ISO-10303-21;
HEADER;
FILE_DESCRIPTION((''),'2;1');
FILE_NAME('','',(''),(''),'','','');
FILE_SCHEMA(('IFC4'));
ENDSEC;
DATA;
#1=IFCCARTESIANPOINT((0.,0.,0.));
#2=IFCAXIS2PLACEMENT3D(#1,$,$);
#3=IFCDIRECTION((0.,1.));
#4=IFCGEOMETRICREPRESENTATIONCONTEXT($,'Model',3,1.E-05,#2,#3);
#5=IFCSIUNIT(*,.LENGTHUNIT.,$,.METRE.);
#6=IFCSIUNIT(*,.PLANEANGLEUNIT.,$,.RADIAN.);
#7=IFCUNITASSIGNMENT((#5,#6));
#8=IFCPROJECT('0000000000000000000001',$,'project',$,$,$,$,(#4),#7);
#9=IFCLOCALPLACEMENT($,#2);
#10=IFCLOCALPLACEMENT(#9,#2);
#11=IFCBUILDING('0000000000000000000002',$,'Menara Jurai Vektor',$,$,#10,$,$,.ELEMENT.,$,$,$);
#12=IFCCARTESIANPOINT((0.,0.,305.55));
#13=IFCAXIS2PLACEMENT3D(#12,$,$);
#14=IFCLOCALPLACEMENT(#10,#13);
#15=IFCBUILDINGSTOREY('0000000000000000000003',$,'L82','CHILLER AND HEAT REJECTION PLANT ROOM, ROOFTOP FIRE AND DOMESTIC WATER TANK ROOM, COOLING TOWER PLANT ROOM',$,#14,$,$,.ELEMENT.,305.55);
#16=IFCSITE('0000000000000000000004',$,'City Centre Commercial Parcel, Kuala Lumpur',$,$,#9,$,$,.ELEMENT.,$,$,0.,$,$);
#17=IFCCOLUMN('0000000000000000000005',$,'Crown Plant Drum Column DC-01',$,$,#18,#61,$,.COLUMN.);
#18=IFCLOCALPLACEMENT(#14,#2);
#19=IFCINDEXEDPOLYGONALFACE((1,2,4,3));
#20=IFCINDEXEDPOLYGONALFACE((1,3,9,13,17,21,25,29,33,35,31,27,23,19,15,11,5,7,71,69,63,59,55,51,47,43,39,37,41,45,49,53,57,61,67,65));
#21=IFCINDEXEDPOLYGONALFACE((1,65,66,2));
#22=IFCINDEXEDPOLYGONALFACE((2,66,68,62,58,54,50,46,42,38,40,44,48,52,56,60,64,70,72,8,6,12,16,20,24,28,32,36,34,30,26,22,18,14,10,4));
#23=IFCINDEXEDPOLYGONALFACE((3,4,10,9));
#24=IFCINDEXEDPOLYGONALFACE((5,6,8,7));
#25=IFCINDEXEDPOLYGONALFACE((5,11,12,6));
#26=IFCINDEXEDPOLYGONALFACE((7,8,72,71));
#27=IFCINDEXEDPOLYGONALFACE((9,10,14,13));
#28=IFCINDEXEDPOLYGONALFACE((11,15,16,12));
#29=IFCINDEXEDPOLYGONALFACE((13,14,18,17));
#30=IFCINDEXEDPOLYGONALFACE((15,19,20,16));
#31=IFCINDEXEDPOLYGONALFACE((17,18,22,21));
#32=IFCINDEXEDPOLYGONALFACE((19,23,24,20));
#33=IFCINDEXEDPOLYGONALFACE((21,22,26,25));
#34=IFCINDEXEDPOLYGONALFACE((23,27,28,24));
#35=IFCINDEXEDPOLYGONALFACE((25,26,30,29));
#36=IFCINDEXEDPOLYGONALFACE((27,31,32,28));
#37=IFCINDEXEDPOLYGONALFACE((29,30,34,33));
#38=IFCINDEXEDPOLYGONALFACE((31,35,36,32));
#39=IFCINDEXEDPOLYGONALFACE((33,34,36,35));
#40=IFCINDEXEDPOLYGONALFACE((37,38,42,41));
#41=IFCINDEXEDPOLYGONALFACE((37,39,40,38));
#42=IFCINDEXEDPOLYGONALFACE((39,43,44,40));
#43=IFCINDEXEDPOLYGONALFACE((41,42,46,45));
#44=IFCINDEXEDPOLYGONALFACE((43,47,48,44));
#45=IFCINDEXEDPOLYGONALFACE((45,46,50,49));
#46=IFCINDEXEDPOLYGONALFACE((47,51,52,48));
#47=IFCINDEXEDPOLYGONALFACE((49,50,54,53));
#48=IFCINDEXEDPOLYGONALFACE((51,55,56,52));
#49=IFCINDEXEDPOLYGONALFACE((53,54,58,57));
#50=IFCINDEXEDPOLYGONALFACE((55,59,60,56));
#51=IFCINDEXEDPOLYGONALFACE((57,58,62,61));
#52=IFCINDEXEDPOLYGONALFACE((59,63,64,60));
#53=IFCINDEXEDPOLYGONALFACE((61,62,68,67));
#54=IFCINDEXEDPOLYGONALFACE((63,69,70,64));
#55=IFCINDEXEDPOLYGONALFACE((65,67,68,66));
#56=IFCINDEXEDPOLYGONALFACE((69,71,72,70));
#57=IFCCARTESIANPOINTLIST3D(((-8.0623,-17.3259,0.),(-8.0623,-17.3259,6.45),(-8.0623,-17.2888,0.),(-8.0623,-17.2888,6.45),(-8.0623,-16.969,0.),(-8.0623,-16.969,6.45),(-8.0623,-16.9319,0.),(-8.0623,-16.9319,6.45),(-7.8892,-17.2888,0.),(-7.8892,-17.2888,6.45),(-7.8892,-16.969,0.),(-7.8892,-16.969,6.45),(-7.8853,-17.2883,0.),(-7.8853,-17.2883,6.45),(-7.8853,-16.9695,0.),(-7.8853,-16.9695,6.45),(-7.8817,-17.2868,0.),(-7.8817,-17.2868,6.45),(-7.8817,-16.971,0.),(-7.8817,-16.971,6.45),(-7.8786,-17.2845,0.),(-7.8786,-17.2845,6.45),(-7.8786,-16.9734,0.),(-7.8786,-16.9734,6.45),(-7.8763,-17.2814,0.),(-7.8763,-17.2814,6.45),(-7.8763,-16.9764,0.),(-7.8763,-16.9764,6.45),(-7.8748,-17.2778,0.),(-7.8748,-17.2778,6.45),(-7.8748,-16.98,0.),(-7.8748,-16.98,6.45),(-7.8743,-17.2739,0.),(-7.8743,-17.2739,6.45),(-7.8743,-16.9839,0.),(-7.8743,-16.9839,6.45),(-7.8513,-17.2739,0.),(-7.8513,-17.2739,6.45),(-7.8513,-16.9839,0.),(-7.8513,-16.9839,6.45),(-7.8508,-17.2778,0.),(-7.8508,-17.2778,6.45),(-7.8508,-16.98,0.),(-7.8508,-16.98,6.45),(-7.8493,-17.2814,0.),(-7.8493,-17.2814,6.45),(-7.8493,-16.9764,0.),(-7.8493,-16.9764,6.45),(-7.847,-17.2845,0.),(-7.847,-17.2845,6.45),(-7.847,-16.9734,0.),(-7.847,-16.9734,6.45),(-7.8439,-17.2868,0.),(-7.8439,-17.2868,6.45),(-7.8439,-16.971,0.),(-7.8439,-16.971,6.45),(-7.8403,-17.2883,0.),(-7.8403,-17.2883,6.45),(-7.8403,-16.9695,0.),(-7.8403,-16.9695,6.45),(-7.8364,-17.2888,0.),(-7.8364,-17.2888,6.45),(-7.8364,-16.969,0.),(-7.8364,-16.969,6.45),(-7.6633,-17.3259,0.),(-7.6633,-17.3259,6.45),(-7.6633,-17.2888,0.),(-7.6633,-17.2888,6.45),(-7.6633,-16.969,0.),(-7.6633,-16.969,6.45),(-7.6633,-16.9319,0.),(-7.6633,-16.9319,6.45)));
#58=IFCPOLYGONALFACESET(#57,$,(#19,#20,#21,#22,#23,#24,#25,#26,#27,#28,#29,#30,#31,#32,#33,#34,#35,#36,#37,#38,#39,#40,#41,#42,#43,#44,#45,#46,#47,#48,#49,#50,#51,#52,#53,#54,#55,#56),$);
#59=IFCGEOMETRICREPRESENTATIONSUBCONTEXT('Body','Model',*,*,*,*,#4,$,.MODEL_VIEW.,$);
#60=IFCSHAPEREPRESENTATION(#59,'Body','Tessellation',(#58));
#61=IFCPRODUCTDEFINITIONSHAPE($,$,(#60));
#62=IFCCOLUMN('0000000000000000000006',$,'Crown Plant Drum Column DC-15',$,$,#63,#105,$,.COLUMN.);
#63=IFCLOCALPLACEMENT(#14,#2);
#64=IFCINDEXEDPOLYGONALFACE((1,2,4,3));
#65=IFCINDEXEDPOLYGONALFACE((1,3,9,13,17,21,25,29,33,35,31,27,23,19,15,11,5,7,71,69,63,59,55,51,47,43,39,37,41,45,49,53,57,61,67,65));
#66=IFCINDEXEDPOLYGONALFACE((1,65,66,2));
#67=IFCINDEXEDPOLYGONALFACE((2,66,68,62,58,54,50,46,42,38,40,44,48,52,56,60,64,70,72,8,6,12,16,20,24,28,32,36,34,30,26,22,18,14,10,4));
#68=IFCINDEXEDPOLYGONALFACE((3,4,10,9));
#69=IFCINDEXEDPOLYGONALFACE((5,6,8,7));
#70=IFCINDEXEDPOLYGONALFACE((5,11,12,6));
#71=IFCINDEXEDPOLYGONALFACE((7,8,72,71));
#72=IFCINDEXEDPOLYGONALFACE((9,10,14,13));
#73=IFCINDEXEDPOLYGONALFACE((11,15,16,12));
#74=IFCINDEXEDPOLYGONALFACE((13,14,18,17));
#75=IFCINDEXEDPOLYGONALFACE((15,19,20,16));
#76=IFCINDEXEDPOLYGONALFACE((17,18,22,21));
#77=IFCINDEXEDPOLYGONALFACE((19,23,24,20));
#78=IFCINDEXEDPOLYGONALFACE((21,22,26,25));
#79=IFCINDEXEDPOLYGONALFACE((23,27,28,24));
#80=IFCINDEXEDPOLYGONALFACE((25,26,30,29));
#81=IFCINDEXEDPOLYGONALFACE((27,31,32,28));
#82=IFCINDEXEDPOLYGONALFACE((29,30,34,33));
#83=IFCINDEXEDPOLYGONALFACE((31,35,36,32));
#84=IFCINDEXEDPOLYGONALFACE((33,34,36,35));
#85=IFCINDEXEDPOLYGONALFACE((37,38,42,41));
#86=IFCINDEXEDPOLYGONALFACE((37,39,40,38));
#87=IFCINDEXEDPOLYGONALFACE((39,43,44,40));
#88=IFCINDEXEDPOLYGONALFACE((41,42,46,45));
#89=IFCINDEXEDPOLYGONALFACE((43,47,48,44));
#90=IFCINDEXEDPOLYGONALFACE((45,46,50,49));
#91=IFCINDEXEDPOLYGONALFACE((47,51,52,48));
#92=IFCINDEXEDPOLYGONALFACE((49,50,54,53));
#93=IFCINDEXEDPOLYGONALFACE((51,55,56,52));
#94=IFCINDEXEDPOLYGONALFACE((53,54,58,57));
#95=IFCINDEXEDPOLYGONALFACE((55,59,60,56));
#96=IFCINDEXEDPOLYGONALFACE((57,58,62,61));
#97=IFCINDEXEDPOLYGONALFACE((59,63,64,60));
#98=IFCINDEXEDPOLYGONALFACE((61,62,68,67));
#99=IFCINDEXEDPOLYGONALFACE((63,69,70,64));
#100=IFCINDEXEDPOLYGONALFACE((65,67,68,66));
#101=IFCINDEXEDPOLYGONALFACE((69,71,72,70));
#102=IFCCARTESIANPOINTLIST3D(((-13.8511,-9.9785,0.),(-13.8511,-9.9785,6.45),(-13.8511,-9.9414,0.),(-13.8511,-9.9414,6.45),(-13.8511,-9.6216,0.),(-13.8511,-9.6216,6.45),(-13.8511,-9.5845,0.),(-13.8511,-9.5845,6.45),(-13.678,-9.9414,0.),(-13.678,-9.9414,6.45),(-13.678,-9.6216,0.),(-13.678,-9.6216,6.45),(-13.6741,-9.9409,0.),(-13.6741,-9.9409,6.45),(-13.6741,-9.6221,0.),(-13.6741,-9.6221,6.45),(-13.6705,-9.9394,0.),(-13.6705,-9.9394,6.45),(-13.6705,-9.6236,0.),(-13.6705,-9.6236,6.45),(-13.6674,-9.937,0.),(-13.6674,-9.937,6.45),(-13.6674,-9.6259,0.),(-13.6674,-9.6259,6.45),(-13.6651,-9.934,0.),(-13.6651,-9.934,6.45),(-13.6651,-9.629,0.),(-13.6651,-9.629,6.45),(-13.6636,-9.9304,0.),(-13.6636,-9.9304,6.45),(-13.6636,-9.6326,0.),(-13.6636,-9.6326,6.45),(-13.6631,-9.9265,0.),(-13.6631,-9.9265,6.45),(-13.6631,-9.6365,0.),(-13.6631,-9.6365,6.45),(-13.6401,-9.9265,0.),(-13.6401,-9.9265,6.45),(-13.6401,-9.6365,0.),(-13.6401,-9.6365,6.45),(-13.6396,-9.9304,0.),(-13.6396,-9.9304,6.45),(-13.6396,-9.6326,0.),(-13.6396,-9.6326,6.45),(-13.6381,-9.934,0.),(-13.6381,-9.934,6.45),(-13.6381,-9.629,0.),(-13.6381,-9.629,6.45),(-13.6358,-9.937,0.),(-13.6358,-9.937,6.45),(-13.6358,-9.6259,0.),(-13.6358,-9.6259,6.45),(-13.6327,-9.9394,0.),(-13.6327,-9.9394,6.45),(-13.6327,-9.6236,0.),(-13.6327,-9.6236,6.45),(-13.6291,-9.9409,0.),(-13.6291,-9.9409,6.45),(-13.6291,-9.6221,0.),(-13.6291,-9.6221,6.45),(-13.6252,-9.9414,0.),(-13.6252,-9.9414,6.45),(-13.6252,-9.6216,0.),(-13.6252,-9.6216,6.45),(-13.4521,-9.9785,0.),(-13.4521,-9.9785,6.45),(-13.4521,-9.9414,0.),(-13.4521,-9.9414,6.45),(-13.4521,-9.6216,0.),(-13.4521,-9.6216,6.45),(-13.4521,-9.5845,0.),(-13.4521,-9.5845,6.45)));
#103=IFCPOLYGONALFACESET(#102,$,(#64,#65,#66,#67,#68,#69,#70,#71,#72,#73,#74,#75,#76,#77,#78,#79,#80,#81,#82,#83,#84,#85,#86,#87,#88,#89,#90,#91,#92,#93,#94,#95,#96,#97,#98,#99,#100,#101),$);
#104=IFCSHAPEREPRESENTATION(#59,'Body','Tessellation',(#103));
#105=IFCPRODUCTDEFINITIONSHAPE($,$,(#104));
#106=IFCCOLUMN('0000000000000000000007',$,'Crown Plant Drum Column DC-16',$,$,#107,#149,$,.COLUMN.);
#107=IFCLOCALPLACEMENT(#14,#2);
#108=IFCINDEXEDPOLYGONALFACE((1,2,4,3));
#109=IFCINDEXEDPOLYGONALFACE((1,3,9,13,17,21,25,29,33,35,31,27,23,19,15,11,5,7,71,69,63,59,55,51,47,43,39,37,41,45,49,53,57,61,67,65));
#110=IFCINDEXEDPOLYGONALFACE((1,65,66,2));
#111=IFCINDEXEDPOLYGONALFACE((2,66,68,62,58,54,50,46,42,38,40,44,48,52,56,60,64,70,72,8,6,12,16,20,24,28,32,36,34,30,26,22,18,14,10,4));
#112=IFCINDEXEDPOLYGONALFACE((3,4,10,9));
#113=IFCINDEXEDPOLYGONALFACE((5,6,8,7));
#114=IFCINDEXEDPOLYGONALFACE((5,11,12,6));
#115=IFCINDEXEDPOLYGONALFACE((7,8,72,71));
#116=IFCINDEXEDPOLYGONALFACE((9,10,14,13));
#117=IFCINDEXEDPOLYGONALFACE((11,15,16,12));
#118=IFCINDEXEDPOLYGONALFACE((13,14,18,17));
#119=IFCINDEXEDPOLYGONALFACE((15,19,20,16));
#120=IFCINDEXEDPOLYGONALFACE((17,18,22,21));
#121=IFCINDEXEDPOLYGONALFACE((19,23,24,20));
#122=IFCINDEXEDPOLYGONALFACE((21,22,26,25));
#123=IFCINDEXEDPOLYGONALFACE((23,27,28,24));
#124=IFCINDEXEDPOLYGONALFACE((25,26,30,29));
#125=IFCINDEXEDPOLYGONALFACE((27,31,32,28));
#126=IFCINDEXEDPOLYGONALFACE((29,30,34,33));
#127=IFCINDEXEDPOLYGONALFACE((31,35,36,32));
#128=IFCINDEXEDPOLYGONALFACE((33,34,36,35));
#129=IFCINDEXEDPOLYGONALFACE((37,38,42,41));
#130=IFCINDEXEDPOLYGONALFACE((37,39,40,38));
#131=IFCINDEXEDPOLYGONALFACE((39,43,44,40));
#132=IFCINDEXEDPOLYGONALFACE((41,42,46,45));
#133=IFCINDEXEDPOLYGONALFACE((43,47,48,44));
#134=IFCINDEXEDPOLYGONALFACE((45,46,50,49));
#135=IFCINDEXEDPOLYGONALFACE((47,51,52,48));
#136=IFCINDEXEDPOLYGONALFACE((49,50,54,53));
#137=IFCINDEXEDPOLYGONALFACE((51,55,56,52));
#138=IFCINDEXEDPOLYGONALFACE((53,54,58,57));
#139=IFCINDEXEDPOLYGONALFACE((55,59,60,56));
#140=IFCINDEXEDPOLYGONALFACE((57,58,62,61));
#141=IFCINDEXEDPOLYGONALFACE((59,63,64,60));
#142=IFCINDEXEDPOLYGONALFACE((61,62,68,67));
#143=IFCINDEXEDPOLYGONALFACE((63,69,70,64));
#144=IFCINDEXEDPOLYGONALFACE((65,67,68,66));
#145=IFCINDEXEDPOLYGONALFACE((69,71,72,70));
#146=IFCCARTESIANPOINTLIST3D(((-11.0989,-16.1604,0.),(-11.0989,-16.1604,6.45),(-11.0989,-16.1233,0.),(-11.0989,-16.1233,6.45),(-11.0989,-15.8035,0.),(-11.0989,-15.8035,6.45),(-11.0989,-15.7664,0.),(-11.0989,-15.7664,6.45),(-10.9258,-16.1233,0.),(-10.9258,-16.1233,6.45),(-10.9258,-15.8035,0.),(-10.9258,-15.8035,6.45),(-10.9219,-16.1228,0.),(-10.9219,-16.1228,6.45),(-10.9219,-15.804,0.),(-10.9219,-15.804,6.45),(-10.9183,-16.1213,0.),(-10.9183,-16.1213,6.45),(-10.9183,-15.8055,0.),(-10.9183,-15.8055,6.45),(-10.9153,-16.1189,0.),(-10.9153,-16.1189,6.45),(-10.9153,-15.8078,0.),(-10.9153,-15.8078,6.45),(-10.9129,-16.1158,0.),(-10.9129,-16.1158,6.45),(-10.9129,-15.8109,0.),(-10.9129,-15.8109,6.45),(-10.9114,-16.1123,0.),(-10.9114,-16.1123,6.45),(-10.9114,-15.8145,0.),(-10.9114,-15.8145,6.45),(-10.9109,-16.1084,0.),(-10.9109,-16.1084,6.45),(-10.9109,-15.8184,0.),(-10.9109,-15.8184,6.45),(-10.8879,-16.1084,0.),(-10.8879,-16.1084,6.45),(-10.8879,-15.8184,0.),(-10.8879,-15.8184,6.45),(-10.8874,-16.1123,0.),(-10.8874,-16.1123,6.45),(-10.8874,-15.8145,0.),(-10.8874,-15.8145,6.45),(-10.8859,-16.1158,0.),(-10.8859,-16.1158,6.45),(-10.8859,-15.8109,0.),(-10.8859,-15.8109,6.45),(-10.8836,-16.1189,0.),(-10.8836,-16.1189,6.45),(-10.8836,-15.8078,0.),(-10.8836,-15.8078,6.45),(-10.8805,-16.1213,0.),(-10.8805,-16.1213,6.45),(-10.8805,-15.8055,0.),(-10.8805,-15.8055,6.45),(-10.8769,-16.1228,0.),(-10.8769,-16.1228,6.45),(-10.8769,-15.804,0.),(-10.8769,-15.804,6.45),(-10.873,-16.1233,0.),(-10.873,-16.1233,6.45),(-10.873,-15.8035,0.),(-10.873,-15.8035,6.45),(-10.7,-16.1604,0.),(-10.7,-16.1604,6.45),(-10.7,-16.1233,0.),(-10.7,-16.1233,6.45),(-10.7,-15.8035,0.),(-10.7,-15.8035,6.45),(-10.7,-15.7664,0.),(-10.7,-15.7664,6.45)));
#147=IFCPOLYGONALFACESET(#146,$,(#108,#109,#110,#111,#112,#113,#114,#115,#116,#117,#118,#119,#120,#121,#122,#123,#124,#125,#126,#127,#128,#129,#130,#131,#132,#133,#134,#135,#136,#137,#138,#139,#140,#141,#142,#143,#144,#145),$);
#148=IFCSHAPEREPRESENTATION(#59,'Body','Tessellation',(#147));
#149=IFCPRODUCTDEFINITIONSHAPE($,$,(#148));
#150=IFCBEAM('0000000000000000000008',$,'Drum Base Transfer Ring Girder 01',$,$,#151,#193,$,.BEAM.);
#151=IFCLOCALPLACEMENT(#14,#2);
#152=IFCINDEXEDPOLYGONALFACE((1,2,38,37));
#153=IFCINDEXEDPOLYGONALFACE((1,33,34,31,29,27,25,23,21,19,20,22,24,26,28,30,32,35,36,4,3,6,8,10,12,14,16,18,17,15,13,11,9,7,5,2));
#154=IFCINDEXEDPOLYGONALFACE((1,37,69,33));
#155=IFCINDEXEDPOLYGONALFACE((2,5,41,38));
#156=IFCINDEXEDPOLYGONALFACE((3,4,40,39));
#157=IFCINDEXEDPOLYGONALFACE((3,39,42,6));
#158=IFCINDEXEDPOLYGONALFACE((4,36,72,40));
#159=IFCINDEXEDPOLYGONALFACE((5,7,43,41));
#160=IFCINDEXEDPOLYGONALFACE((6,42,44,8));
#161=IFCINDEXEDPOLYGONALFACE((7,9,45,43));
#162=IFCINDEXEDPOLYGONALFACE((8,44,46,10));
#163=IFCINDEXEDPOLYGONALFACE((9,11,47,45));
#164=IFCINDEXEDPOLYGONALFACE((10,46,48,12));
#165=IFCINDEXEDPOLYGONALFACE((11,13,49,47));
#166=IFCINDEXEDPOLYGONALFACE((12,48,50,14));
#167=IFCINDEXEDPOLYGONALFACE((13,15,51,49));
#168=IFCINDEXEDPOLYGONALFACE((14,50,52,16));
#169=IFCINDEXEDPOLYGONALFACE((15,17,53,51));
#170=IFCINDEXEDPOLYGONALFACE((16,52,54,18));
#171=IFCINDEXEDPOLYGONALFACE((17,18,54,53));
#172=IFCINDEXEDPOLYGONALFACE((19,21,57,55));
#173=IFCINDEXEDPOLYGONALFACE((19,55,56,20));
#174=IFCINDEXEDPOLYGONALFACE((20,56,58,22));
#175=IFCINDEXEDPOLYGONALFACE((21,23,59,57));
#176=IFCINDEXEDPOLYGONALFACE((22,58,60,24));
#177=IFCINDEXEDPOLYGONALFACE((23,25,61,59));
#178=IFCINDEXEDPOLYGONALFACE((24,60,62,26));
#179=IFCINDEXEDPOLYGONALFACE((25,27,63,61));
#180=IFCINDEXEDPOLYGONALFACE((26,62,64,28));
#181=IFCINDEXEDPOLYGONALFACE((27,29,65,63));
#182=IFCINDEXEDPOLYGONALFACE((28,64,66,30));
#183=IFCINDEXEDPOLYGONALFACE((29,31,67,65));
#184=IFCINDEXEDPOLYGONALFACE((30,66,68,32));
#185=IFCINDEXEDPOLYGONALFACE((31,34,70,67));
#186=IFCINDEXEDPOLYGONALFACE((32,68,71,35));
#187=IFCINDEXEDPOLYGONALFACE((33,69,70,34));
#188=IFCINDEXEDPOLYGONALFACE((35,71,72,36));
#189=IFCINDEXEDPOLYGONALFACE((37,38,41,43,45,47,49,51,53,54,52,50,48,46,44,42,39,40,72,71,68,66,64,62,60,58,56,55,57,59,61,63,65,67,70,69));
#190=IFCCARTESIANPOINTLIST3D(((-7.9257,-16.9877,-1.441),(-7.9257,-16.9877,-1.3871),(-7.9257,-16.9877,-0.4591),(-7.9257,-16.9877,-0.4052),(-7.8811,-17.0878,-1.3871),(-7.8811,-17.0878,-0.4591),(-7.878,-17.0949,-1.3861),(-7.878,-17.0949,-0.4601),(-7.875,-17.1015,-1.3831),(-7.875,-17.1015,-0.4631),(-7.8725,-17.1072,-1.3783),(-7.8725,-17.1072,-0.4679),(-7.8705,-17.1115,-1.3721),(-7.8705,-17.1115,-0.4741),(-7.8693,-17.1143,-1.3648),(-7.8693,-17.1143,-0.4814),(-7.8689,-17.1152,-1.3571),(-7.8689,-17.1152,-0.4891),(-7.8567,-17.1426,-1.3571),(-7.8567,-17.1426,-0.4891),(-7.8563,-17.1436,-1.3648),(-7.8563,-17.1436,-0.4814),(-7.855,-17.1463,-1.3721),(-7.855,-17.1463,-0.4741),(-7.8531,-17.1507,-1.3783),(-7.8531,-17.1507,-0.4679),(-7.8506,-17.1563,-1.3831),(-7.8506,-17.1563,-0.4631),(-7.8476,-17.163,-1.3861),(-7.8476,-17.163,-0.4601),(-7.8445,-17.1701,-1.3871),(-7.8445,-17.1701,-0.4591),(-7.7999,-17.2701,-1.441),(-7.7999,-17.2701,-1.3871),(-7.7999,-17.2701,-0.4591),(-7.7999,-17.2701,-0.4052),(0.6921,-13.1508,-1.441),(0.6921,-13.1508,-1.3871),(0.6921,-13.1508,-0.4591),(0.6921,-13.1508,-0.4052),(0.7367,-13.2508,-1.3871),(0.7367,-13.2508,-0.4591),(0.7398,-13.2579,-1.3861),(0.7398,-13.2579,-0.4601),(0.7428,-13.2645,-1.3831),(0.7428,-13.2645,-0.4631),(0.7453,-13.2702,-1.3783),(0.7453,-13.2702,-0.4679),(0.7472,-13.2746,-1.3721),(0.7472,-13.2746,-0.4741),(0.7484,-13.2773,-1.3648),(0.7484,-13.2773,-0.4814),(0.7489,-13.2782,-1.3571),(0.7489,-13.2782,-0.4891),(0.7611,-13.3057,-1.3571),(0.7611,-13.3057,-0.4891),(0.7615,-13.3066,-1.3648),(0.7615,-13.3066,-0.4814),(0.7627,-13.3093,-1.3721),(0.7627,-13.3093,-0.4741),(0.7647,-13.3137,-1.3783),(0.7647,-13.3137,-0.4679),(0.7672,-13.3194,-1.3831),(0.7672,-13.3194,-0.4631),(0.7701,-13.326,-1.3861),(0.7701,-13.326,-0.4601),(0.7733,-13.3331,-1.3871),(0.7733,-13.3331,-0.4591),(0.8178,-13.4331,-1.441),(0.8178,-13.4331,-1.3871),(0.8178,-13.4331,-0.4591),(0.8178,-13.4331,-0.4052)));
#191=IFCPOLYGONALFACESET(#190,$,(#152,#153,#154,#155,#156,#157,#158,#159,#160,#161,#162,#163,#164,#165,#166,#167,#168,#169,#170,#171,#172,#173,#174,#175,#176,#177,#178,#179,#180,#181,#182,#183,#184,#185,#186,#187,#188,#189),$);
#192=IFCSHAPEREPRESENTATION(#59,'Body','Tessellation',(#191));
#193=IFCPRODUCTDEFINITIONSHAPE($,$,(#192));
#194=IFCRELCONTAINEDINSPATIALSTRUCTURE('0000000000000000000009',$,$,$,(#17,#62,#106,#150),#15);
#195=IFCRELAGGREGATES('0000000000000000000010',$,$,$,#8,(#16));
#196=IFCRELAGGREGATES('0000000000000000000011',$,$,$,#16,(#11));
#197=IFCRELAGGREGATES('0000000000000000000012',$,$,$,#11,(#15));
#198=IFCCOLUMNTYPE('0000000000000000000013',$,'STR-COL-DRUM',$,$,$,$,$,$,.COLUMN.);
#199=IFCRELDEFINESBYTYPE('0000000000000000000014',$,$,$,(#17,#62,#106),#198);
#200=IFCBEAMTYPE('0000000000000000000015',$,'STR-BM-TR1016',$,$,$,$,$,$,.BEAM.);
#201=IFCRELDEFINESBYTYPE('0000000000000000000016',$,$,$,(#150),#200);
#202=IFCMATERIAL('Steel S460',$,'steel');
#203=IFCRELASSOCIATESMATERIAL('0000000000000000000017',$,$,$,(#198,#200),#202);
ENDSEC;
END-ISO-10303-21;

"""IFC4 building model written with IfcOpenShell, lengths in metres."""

from ifc_helpers import new_model, si_unit, direction, frame, origin, origin_2d, place, context, subcontext, project, spatial, i_section, extrude, material, material_profile, profile_set, type_object, element, save


model = new_model("IFC4")

# Units and contexts
model_context = context("Model", 3, precision=1e-05, world=origin(), true_north=direction((0.0, 1.0)))
body_context = subcontext(model_context, "Body", "Model", "MODEL_VIEW")
ifc_project = project(units=[si_unit("LENGTHUNIT", "METRE"), si_unit("PLANEANGLEUNIT", "RADIAN")], contexts=[model_context])

# Site, building, storey
site_placement = place(None, origin())
site = spatial("IfcSite", under=ifc_project, at=site_placement, Name="City Centre Commercial Parcel, Kuala Lumpur", CompositionType="ELEMENT", RefElevation=0.0)
building_placement = place(site_placement, origin())
building = spatial("IfcBuilding", under=site, at=building_placement, Name="Menara Jurai Vektor", CompositionType="ELEMENT")
storey_placement = place(building_placement, frame((0.0, 0.0, 305.55)))
storey = spatial("IfcBuildingStorey", under=building, at=storey_placement, Name="L82", Description="CHILLER AND HEAT REJECTION PLANT ROOM, ROOFTOP FIRE AND DOMESTIC WATER TANK ROOM, COOLING TOWER PLANT ROOM", CompositionType="ELEMENT", Elevation=305.55)

# Columns
ifc_material_1 = material(Name="Steel S460", Category="steel")
ifc_material_profile_1 = material_profile(ifc_material_1, i_section(OverallWidth=0.3989, OverallDepth=0.394, WebThickness=0.0229, FlangeThickness=0.0371, FilletRadius=0.0149, at=origin_2d()), Name="UKC 356x406x287")
ifc_profile_set_1 = profile_set([ifc_material_profile_1], Name="Steel S460")
column_type = type_object("IfcColumnType", Name="STR-COL-DRUM", PredefinedType="COLUMN", material=ifc_profile_set_1)
for number, where, z_axis, x_axis, name in (
    (1, (-7.8628, -17.1289, 0.0), (0.0, 0.0, 1.0), (1.0, 0.0, 0.0), "Crown Plant Drum Column DC-01"),
    (2, (-13.6516, -9.7815, 0.0), (0.0, 0.0, 1.0), (1.0, 0.0, 0.0), "Crown Plant Drum Column DC-15"),
    (3, (-10.8994, -15.9634, 0.0), (0.0, 0.0, 1.0), (1.0, 0.0, 0.0), "Crown Plant Drum Column DC-16"),
):
    element("IfcColumn", number, at=place(storey_placement, frame(where, z_axis=z_axis, x_axis=x_axis)), inside=storey, type_object=column_type, Name=name, PredefinedType="COLUMN", context=body_context, shape_type="SweptSolid", body=[
        extrude(i_section(OverallWidth=0.3989, OverallDepth=0.394, WebThickness=0.0229, FlangeThickness=0.0371, FilletRadius=0.0149, at=origin_2d()), origin(), (0.0, 0.0, 1.0), 6.45),
    ])

# Beam
ifc_material_profile_2 = material_profile(ifc_material_1, i_section(OverallWidth=0.3091, OverallDepth=1.0359, WebThickness=0.03, FlangeThickness=0.054, FilletRadius=0.03, at=origin_2d()), Name="UKB 1016x305x487")
ifc_profile_set_2 = profile_set([ifc_material_profile_2], Name="Steel S460")
beam_type_1 = type_object("IfcBeamType", Name="STR-BM-TR1016", PredefinedType="BEAM", material=ifc_profile_set_2)
beam_1_placement = place(storey_placement, frame((-7.8628, -17.1289, -0.9231), z_axis=(0.913542, 0.406744, 0.0), x_axis=(-0.406744, 0.913542, 0.0)))
element("IfcBeam", 4, at=beam_1_placement, inside=storey, type_object=beam_type_1, Name="Drum Base Transfer Ring Girder 01", PredefinedType="BEAM", context=body_context, shape_type="SweptSolid", body=[
    extrude(i_section(OverallWidth=0.3091, OverallDepth=1.0359, WebThickness=0.03, FlangeThickness=0.054, FilletRadius=0.03, at=origin_2d()), origin(), (0.0, 0.0, 1.0), 9.4333),
])

save(model, "model.ifc")
